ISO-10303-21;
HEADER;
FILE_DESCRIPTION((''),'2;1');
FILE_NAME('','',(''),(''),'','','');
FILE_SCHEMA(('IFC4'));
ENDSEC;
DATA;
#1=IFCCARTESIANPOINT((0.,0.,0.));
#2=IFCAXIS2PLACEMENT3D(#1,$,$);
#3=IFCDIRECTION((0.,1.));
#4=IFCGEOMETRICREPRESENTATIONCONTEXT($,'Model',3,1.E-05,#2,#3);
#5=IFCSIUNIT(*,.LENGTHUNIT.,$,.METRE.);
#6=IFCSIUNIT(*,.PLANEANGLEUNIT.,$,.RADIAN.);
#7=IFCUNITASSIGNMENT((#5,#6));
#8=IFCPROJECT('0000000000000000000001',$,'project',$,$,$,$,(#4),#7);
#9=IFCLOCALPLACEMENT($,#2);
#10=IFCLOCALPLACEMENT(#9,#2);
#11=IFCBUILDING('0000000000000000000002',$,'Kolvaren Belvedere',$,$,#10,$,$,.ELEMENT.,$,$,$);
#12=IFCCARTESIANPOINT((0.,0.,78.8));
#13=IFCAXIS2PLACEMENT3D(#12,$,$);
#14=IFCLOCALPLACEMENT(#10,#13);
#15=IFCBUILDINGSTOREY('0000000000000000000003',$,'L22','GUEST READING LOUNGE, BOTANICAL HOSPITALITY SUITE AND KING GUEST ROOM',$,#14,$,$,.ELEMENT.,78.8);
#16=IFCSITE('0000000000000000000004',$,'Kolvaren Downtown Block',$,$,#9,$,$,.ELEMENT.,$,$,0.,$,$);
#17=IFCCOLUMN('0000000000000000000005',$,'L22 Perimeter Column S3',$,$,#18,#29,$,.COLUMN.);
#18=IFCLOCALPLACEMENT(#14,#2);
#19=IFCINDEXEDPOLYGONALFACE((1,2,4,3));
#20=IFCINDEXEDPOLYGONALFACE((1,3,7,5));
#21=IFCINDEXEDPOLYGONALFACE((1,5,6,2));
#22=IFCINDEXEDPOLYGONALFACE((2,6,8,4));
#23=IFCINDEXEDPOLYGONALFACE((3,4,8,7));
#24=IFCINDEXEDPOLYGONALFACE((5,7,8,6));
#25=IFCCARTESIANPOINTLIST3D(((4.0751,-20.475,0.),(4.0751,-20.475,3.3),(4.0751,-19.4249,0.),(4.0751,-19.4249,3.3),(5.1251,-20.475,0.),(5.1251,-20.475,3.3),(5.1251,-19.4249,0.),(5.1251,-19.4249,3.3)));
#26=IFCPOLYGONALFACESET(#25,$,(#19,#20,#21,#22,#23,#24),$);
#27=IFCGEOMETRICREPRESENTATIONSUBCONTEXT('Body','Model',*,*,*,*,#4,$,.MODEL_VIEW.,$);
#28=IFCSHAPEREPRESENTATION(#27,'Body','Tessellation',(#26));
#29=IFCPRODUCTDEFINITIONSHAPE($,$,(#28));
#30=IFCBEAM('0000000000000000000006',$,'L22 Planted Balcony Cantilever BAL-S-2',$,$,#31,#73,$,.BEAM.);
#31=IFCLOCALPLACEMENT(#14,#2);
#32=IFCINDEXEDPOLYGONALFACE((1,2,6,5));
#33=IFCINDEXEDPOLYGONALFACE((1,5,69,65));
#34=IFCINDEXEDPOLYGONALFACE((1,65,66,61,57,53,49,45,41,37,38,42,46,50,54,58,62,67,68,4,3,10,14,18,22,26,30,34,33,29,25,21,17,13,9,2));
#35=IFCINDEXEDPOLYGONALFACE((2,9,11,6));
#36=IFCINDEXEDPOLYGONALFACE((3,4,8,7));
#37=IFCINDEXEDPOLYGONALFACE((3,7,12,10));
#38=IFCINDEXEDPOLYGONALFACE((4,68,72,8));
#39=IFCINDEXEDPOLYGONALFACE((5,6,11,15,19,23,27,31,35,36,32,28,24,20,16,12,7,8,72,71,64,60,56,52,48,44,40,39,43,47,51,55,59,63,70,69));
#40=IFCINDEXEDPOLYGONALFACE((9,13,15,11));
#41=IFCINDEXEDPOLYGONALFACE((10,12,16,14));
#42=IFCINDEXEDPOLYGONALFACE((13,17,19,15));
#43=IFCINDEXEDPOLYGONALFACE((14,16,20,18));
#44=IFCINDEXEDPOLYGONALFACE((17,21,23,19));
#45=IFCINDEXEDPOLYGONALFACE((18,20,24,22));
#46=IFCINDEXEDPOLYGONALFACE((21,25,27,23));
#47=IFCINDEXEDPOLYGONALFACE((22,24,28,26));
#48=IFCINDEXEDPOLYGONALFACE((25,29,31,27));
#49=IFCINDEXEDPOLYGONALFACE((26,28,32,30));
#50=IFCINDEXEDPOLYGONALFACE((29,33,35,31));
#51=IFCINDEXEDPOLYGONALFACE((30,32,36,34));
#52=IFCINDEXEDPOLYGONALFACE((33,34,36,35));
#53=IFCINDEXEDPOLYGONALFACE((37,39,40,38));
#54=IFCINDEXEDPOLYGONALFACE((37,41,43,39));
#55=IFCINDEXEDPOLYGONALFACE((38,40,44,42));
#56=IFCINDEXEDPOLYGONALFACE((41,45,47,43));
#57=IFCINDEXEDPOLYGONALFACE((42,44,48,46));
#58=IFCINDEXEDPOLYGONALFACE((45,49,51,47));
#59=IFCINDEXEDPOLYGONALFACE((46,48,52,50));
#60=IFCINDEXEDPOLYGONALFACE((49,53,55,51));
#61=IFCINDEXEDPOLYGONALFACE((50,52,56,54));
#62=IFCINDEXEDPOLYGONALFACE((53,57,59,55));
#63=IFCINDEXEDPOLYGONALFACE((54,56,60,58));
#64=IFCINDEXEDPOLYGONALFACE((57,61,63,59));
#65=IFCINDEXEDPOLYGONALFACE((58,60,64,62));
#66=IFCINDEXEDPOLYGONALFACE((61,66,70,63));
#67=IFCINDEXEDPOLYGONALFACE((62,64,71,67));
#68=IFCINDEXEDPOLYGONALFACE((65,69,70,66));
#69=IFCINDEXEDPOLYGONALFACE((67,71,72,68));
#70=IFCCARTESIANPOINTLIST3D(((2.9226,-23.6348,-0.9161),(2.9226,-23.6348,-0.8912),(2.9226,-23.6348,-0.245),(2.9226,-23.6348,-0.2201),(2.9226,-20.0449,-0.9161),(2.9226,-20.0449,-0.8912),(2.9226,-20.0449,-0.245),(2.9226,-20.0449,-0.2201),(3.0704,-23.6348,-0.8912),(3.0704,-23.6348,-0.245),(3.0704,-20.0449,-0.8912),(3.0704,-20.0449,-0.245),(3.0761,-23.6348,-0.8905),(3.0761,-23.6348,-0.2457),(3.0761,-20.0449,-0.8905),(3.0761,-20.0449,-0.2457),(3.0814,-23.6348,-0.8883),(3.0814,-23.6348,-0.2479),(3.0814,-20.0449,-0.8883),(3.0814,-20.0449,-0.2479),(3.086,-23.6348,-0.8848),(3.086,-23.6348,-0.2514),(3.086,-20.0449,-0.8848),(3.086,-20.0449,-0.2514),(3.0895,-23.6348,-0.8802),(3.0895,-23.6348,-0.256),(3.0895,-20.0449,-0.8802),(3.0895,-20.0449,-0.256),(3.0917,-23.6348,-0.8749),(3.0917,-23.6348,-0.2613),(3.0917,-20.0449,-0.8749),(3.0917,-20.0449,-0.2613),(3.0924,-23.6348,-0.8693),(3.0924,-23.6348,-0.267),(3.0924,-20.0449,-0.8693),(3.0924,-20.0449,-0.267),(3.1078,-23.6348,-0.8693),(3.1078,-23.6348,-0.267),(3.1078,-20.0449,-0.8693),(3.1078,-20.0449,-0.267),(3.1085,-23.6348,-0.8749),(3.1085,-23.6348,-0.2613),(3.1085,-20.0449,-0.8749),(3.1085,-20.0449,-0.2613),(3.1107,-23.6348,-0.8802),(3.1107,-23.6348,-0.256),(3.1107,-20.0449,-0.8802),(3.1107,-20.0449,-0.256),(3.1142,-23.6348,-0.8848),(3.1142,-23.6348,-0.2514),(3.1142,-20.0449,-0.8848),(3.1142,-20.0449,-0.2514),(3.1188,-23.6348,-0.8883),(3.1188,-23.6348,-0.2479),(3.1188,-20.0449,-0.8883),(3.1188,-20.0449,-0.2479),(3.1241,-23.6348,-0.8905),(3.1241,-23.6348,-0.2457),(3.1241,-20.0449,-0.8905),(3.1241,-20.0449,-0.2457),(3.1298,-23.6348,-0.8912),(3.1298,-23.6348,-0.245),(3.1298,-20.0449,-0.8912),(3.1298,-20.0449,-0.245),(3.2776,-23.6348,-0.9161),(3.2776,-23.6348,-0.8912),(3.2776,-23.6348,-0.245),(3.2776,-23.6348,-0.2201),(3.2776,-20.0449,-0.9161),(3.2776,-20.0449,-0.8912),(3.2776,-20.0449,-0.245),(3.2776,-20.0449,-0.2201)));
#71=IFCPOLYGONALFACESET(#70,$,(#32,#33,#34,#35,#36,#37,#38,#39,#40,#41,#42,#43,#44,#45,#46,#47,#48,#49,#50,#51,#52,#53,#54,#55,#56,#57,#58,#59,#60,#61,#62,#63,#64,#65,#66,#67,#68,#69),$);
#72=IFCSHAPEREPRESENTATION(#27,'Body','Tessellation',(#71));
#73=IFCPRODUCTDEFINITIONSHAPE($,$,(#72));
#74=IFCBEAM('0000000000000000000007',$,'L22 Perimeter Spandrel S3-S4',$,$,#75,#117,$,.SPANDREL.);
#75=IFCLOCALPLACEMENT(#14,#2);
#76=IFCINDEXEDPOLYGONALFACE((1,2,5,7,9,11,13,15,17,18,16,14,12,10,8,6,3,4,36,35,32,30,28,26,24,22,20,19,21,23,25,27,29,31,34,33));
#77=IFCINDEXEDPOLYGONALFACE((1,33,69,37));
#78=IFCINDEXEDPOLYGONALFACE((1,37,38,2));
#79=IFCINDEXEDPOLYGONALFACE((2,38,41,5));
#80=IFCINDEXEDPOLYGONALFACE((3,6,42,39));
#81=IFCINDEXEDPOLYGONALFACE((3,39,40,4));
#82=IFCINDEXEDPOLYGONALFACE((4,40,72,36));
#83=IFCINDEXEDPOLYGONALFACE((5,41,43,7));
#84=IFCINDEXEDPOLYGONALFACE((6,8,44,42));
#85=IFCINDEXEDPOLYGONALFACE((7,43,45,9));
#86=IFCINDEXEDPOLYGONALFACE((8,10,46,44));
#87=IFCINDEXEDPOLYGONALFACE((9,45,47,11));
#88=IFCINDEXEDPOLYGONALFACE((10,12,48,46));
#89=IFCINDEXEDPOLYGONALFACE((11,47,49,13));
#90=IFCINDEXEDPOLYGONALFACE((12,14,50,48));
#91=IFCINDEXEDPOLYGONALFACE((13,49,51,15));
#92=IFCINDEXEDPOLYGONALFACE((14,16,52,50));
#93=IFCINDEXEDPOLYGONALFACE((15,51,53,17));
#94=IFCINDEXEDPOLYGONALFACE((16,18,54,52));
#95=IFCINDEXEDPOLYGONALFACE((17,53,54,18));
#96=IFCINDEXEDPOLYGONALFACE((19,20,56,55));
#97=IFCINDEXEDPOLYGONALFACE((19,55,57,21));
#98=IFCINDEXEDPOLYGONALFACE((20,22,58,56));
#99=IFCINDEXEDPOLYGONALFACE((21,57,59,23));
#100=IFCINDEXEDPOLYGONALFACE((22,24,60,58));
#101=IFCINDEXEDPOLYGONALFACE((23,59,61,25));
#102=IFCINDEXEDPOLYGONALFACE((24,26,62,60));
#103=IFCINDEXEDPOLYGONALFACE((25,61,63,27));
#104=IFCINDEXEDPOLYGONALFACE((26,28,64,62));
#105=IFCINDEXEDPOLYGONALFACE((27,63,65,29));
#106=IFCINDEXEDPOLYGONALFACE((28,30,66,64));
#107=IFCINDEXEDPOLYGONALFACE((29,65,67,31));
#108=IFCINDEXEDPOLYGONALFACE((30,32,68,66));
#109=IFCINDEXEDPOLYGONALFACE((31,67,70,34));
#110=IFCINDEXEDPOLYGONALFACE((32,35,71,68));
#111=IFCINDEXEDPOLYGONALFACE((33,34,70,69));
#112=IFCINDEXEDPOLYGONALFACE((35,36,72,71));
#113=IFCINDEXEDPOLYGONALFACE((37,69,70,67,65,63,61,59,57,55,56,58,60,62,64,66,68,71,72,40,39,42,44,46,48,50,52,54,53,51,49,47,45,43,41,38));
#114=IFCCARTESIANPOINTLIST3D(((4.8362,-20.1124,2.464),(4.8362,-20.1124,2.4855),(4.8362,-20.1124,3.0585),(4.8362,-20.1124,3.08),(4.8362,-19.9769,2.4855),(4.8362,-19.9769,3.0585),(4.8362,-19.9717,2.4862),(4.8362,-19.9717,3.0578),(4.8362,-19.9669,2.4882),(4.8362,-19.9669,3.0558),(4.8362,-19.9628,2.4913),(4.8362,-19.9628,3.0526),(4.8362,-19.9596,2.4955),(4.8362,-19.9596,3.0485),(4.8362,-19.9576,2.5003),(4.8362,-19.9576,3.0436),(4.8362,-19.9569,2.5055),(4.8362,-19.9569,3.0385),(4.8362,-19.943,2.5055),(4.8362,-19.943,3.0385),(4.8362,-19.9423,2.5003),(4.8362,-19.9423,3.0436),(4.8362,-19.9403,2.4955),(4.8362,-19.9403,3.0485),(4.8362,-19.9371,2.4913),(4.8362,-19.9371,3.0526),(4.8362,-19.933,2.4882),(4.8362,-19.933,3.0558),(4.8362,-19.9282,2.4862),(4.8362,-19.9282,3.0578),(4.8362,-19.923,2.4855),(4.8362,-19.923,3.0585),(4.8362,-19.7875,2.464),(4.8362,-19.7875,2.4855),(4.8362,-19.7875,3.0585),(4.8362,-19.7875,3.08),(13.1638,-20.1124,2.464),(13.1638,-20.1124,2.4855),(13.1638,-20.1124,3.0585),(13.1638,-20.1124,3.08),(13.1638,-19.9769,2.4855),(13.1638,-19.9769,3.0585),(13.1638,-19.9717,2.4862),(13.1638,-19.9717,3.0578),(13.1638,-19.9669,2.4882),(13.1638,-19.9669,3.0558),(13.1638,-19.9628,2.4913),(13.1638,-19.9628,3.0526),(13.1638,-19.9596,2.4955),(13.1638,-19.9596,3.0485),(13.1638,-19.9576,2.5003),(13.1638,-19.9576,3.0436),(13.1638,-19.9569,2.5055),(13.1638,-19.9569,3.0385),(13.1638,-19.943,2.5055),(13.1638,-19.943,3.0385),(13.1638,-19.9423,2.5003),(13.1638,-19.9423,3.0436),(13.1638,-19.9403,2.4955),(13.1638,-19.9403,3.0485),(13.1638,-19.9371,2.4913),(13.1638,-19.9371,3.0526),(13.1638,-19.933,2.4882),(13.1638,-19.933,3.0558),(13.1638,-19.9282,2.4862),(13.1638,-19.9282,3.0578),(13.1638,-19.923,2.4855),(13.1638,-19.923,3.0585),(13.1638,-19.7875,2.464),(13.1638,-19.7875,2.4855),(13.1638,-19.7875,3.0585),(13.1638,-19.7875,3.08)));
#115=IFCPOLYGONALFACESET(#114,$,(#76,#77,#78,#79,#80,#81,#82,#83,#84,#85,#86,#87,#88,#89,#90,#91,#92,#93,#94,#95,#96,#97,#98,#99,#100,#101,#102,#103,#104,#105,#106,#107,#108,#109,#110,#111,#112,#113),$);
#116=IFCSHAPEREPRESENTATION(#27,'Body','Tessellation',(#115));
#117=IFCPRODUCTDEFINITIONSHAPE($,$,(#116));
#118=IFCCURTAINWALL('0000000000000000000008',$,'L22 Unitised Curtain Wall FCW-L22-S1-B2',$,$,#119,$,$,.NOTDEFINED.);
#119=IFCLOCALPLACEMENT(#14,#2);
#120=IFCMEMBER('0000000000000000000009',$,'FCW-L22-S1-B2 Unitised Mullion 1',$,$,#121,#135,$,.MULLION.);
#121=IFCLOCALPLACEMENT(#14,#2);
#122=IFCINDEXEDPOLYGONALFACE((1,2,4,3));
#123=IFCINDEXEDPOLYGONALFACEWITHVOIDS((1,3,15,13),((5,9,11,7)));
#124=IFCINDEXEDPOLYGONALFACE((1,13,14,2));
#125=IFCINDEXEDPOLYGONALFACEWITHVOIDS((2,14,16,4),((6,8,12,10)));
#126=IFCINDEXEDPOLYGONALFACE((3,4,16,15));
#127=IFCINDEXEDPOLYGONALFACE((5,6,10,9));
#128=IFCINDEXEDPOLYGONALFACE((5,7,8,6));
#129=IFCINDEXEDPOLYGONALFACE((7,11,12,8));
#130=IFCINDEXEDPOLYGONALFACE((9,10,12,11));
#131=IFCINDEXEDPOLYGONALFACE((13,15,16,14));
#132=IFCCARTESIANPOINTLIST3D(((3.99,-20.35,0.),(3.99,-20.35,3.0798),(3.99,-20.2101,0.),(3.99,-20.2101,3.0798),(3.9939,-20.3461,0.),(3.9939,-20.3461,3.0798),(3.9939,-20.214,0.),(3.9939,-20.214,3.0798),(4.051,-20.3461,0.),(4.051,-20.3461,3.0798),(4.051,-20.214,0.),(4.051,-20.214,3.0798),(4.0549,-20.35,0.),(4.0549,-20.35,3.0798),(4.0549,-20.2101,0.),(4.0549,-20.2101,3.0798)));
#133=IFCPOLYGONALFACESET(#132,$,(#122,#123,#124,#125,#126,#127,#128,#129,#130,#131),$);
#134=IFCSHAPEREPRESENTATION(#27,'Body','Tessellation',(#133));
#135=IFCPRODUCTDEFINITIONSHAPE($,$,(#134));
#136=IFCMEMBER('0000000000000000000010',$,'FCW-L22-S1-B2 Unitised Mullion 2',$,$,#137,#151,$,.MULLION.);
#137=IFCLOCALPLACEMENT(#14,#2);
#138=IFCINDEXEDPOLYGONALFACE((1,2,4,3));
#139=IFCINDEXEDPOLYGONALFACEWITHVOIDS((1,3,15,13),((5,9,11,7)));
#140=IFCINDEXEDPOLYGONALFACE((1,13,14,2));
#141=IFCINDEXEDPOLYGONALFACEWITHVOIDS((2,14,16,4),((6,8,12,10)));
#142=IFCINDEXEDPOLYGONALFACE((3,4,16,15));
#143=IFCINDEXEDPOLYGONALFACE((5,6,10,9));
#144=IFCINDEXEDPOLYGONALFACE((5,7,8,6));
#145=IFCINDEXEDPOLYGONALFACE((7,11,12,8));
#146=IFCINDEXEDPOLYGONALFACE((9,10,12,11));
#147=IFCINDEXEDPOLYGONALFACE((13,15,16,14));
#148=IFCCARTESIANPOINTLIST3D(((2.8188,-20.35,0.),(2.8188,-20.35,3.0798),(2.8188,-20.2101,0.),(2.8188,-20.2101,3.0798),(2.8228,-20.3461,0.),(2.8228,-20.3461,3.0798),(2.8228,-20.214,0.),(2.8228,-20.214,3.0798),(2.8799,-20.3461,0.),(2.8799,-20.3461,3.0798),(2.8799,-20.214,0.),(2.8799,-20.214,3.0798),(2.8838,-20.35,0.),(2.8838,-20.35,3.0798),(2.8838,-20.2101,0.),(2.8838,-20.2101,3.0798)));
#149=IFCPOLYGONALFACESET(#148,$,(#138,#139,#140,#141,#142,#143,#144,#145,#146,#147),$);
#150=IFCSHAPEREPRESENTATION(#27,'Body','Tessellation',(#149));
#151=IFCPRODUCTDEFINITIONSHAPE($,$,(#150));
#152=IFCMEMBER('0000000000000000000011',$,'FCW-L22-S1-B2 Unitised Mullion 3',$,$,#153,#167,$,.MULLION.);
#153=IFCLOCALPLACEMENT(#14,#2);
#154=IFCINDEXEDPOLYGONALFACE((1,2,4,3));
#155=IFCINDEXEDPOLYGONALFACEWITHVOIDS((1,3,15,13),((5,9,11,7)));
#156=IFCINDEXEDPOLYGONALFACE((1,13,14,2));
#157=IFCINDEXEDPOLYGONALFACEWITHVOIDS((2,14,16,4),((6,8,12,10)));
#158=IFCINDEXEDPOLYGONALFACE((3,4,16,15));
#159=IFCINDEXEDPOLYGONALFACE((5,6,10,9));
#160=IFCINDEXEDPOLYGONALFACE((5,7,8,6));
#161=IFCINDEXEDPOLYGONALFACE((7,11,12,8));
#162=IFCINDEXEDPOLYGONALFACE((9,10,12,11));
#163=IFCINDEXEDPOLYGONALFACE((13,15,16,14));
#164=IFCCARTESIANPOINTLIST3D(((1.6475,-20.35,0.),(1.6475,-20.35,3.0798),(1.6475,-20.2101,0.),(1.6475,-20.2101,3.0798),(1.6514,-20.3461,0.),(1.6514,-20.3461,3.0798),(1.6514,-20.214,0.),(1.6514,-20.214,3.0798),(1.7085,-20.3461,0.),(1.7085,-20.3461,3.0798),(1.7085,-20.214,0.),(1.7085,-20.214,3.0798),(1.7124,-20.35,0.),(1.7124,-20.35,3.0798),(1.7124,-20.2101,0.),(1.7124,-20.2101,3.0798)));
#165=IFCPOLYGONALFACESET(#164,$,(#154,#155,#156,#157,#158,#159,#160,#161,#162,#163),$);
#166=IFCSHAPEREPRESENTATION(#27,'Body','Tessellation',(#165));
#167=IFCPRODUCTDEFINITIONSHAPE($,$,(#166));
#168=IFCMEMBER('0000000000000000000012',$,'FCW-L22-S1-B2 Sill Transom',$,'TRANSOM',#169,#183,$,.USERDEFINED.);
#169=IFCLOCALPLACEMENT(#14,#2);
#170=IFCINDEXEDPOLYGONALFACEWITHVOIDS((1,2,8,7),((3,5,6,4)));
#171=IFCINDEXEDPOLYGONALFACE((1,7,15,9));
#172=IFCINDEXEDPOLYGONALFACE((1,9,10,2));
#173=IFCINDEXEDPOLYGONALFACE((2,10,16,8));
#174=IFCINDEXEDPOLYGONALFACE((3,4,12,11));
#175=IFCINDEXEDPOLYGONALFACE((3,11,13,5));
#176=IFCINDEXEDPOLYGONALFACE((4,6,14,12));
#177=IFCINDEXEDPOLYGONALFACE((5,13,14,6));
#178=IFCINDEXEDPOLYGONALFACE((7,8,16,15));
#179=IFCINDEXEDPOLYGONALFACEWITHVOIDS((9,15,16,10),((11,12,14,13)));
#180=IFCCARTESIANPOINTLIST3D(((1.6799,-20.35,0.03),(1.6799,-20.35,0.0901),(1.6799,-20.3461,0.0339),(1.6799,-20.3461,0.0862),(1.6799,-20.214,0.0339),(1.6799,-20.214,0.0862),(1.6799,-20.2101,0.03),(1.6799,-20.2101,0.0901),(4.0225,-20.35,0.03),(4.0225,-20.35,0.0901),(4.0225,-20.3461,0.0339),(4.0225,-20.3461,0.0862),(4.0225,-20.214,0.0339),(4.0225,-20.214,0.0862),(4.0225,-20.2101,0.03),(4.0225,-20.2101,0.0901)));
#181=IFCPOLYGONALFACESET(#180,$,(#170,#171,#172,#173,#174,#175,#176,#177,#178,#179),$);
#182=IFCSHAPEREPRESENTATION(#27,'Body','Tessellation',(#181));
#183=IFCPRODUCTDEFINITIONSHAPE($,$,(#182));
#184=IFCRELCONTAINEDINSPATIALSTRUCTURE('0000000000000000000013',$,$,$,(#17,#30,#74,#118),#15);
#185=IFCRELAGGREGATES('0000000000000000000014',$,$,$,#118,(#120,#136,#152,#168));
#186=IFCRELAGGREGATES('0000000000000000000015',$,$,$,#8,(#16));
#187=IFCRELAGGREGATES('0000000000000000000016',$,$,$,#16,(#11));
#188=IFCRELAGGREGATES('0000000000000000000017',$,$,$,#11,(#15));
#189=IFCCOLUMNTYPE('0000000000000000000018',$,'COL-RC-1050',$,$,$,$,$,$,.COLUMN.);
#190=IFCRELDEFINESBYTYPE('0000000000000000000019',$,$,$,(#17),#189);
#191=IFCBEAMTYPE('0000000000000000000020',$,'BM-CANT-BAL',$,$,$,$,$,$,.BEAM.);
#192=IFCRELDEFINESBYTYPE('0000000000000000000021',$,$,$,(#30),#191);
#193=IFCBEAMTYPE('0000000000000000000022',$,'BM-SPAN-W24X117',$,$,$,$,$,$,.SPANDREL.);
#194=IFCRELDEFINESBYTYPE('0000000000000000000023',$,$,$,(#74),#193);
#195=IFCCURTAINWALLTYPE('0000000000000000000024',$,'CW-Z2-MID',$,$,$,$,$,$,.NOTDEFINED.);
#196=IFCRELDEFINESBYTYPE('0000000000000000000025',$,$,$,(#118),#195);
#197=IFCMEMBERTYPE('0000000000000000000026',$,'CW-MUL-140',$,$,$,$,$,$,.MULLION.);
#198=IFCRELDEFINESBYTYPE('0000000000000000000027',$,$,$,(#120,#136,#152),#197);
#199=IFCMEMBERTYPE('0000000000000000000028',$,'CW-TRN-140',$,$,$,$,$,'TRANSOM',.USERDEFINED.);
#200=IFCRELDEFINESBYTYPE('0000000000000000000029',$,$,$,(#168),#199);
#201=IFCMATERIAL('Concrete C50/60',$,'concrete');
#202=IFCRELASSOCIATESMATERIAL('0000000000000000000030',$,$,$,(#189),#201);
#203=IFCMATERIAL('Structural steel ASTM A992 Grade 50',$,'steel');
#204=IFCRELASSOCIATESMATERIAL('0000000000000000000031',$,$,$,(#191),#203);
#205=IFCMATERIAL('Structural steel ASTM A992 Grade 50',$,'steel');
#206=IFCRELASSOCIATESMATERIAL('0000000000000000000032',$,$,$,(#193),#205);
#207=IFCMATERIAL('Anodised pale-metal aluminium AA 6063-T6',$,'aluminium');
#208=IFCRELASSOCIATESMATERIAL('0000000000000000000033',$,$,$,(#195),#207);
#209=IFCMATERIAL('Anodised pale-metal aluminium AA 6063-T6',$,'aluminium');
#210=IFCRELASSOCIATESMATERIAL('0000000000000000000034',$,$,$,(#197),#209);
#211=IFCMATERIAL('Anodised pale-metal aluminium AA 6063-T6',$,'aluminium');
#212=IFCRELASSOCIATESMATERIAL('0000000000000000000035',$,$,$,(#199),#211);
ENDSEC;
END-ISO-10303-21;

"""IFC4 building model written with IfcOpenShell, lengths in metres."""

from ifc_helpers import new_model, si_unit, direction, frame, origin, origin_2d, place, context, subcontext, project, spatial, rectangle, hollow_rectangle, i_section, extrude, material, material_profile, profile_set, type_object, element, aggregate, save


model = new_model("IFC4")

# Units and contexts
model_context = context("Model", 3, precision=1e-05, world=origin(), true_north=direction((0.0, 1.0)))
body_context = subcontext(model_context, "Body", "Model", "MODEL_VIEW")
ifc_project = project(units=[si_unit("LENGTHUNIT", "METRE"), si_unit("PLANEANGLEUNIT", "RADIAN")], contexts=[model_context])

# Site, building, storey
site_placement = place(None, origin())
site = spatial("IfcSite", under=ifc_project, at=site_placement, Name="Kolvaren Downtown Block", CompositionType="ELEMENT", RefElevation=0.0)
building_placement = place(site_placement, origin())
building = spatial("IfcBuilding", under=site, at=building_placement, Name="Kolvaren Belvedere", CompositionType="ELEMENT")
storey_placement = place(building_placement, frame((0.0, 0.0, 78.8)))
storey = spatial("IfcBuildingStorey", under=building, at=storey_placement, Name="L22", Description="GUEST READING LOUNGE, BOTANICAL HOSPITALITY SUITE AND KING GUEST ROOM", CompositionType="ELEMENT", Elevation=78.8)

# Column
ifc_material_1 = material(Name="Concrete C50/60", Category="concrete")
ifc_material_profile_1 = material_profile(ifc_material_1, rectangle(XDim=1.05, YDim=1.05, at=origin_2d()), Name="RC 1050X1050")
ifc_profile_set_1 = profile_set([ifc_material_profile_1], Name="Concrete C50/60")
column_type = type_object("IfcColumnType", Name="COL-RC-1050", PredefinedType="COLUMN", material=ifc_profile_set_1)
column_placement = place(storey_placement, frame((4.6001, -19.95, 0.0), z_axis=(0.0, 0.0, 1.0), x_axis=(1.0, 0.0, 0.0)))
element("IfcColumn", 1, at=column_placement, inside=storey, type_object=column_type, Name="L22 Perimeter Column S3", PredefinedType="COLUMN", context=body_context, shape_type="SweptSolid", body=[
    extrude(rectangle(XDim=1.05, YDim=1.05, at=origin_2d()), origin(), (0.0, 0.0, 1.0), 3.3),
])

# Beams
ifc_material_2 = material(Name="Structural steel ASTM A992 Grade 50", Category="steel")
ifc_material_profile_2 = material_profile(ifc_material_2, i_section(OverallWidth=0.355, OverallDepth=0.696, WebThickness=0.0154, FlangeThickness=0.0249, FilletRadius=0.022, at=origin_2d()), Name="W27X146")
ifc_profile_set_2 = profile_set([ifc_material_profile_2], Name="Structural steel ASTM A992 Grade 50")
beam_type_1 = type_object("IfcBeamType", Name="BM-CANT-BAL", PredefinedType="BEAM", material=ifc_profile_set_2)
beam_1_placement = place(storey_placement, frame((3.1001, -20.0449, -0.5681), z_axis=(0.0, -1.0, 0.0), x_axis=(1.0, 0.0, 0.0)))
element("IfcBeam", 2, at=beam_1_placement, inside=storey, type_object=beam_type_1, Name="L22 Planted Balcony Cantilever BAL-S-2", PredefinedType="BEAM", context=body_context, shape_type="SweptSolid", body=[
    extrude(i_section(OverallWidth=0.355, OverallDepth=0.696, WebThickness=0.0154, FlangeThickness=0.0249, FilletRadius=0.022, at=origin_2d()), origin(), (0.0, 0.0, 1.0), 3.5898),
])
ifc_material_3 = material(Name="Structural steel ASTM A992 Grade 50", Category="steel")
ifc_material_profile_3 = material_profile(ifc_material_3, i_section(OverallWidth=0.325, OverallDepth=0.616, WebThickness=0.0139, FlangeThickness=0.0215, FilletRadius=0.02, at=origin_2d()), Name="W24X117")
ifc_profile_set_3 = profile_set([ifc_material_profile_3], Name="Structural steel ASTM A992 Grade 50")
beam_type_2 = type_object("IfcBeamType", Name="BM-SPAN-W24X117", PredefinedType="SPANDREL", material=ifc_profile_set_3)
beam_2_placement = place(storey_placement, frame((4.8362, -19.95, 2.772), z_axis=(1.0, 0.0, 0.0), x_axis=(0.0, 1.0, 0.0)))
element("IfcBeam", 3, at=beam_2_placement, inside=storey, type_object=beam_type_2, Name="L22 Perimeter Spandrel S3-S4", PredefinedType="SPANDREL", context=body_context, shape_type="SweptSolid", body=[
    extrude(i_section(OverallWidth=0.325, OverallDepth=0.616, WebThickness=0.0139, FlangeThickness=0.0215, FilletRadius=0.02, at=origin_2d()), origin(), (0.0, 0.0, 1.0), 8.3276),
])

# Curtain wall, members
ifc_material_4 = material(Name="Anodised pale-metal aluminium AA 6063-T6", Category="aluminium")
curtain_wall_type = type_object("IfcCurtainWallType", Name="CW-Z2-MID", PredefinedType="NOTDEFINED", material=ifc_material_4)
curtain_wall_placement = place(storey_placement, origin())
curtain_wall = element("IfcCurtainWall", 4, at=curtain_wall_placement, inside=storey, type_object=curtain_wall_type, Name="L22 Unitised Curtain Wall FCW-L22-S1-B2", PredefinedType="NOTDEFINED")
ifc_material_5 = material(Name="Anodised pale-metal aluminium AA 6063-T6", Category="aluminium")
ifc_material_profile_4 = material_profile(ifc_material_5, hollow_rectangle(XDim=0.0649, YDim=0.1399, WallThickness=0.0039, at=origin_2d()), Name="ALU-MUL-140X65")
ifc_profile_set_4 = profile_set([ifc_material_profile_4], Name="Anodised pale-metal aluminium AA 6063-T6")
member_type_1 = type_object("IfcMemberType", Name="CW-MUL-140", PredefinedType="MULLION", material=ifc_profile_set_4)
member_1_placement = place(storey_placement, frame((4.0225, -20.28, 0.0), z_axis=(0.0, 0.0, 1.0), x_axis=(1.0, 0.0, 0.0)))
member_1 = element("IfcMember", 5, at=member_1_placement, type_object=member_type_1, Name="FCW-L22-S1-B2 Unitised Mullion 1", PredefinedType="MULLION", context=body_context, shape_type="SweptSolid", body=[
    extrude(hollow_rectangle(XDim=0.0649, YDim=0.1399, WallThickness=0.0039, at=origin_2d()), origin(), (0.0, 0.0, 1.0), 3.0798),
])
member_2_placement = place(storey_placement, frame((2.8513, -20.28, 0.0), z_axis=(0.0, 0.0, 1.0), x_axis=(1.0, 0.0, 0.0)))
member_2 = element("IfcMember", 6, at=member_2_placement, type_object=member_type_1, Name="FCW-L22-S1-B2 Unitised Mullion 2", PredefinedType="MULLION", context=body_context, shape_type="SweptSolid", body=[
    extrude(hollow_rectangle(XDim=0.0649, YDim=0.1399, WallThickness=0.0039, at=origin_2d()), origin(), (0.0, 0.0, 1.0), 3.0798),
])
member_3_placement = place(storey_placement, frame((1.6799, -20.28, 0.0), z_axis=(0.0, 0.0, 1.0), x_axis=(1.0, 0.0, 0.0)))
member_3 = element("IfcMember", 7, at=member_3_placement, type_object=member_type_1, Name="FCW-L22-S1-B2 Unitised Mullion 3", PredefinedType="MULLION", context=body_context, shape_type="SweptSolid", body=[
    extrude(hollow_rectangle(XDim=0.0649, YDim=0.1399, WallThickness=0.0039, at=origin_2d()), origin(), (0.0, 0.0, 1.0), 3.0798),
])
ifc_material_6 = material(Name="Anodised pale-metal aluminium AA 6063-T6", Category="aluminium")
ifc_material_profile_5 = material_profile(ifc_material_6, hollow_rectangle(XDim=0.0601, YDim=0.1399, WallThickness=0.0039, at=origin_2d()), Name="ALU-TRN-140X60")
ifc_profile_set_5 = profile_set([ifc_material_profile_5], Name="Anodised pale-metal aluminium AA 6063-T6")
member_type_2 = type_object("IfcMemberType", Name="CW-TRN-140", ElementType="TRANSOM", PredefinedType="USERDEFINED", material=ifc_profile_set_5)
member_4_placement = place(storey_placement, frame((4.0225, -20.28, 0.0601), z_axis=(-1.0, 0.0, 0.0), x_axis=(0.0, 0.0, 1.0)))
member_4 = element("IfcMember", 8, at=member_4_placement, type_object=member_type_2, Name="FCW-L22-S1-B2 Sill Transom", ObjectType="TRANSOM", PredefinedType="USERDEFINED", context=body_context, shape_type="SweptSolid", body=[
    extrude(hollow_rectangle(XDim=0.0601, YDim=0.1399, WallThickness=0.0039, at=origin_2d()), origin(), (0.0, 0.0, 1.0), 2.3425),
])

aggregate(curtain_wall, [member_1, member_2, member_3, member_4])

save(model, "model.ifc")
